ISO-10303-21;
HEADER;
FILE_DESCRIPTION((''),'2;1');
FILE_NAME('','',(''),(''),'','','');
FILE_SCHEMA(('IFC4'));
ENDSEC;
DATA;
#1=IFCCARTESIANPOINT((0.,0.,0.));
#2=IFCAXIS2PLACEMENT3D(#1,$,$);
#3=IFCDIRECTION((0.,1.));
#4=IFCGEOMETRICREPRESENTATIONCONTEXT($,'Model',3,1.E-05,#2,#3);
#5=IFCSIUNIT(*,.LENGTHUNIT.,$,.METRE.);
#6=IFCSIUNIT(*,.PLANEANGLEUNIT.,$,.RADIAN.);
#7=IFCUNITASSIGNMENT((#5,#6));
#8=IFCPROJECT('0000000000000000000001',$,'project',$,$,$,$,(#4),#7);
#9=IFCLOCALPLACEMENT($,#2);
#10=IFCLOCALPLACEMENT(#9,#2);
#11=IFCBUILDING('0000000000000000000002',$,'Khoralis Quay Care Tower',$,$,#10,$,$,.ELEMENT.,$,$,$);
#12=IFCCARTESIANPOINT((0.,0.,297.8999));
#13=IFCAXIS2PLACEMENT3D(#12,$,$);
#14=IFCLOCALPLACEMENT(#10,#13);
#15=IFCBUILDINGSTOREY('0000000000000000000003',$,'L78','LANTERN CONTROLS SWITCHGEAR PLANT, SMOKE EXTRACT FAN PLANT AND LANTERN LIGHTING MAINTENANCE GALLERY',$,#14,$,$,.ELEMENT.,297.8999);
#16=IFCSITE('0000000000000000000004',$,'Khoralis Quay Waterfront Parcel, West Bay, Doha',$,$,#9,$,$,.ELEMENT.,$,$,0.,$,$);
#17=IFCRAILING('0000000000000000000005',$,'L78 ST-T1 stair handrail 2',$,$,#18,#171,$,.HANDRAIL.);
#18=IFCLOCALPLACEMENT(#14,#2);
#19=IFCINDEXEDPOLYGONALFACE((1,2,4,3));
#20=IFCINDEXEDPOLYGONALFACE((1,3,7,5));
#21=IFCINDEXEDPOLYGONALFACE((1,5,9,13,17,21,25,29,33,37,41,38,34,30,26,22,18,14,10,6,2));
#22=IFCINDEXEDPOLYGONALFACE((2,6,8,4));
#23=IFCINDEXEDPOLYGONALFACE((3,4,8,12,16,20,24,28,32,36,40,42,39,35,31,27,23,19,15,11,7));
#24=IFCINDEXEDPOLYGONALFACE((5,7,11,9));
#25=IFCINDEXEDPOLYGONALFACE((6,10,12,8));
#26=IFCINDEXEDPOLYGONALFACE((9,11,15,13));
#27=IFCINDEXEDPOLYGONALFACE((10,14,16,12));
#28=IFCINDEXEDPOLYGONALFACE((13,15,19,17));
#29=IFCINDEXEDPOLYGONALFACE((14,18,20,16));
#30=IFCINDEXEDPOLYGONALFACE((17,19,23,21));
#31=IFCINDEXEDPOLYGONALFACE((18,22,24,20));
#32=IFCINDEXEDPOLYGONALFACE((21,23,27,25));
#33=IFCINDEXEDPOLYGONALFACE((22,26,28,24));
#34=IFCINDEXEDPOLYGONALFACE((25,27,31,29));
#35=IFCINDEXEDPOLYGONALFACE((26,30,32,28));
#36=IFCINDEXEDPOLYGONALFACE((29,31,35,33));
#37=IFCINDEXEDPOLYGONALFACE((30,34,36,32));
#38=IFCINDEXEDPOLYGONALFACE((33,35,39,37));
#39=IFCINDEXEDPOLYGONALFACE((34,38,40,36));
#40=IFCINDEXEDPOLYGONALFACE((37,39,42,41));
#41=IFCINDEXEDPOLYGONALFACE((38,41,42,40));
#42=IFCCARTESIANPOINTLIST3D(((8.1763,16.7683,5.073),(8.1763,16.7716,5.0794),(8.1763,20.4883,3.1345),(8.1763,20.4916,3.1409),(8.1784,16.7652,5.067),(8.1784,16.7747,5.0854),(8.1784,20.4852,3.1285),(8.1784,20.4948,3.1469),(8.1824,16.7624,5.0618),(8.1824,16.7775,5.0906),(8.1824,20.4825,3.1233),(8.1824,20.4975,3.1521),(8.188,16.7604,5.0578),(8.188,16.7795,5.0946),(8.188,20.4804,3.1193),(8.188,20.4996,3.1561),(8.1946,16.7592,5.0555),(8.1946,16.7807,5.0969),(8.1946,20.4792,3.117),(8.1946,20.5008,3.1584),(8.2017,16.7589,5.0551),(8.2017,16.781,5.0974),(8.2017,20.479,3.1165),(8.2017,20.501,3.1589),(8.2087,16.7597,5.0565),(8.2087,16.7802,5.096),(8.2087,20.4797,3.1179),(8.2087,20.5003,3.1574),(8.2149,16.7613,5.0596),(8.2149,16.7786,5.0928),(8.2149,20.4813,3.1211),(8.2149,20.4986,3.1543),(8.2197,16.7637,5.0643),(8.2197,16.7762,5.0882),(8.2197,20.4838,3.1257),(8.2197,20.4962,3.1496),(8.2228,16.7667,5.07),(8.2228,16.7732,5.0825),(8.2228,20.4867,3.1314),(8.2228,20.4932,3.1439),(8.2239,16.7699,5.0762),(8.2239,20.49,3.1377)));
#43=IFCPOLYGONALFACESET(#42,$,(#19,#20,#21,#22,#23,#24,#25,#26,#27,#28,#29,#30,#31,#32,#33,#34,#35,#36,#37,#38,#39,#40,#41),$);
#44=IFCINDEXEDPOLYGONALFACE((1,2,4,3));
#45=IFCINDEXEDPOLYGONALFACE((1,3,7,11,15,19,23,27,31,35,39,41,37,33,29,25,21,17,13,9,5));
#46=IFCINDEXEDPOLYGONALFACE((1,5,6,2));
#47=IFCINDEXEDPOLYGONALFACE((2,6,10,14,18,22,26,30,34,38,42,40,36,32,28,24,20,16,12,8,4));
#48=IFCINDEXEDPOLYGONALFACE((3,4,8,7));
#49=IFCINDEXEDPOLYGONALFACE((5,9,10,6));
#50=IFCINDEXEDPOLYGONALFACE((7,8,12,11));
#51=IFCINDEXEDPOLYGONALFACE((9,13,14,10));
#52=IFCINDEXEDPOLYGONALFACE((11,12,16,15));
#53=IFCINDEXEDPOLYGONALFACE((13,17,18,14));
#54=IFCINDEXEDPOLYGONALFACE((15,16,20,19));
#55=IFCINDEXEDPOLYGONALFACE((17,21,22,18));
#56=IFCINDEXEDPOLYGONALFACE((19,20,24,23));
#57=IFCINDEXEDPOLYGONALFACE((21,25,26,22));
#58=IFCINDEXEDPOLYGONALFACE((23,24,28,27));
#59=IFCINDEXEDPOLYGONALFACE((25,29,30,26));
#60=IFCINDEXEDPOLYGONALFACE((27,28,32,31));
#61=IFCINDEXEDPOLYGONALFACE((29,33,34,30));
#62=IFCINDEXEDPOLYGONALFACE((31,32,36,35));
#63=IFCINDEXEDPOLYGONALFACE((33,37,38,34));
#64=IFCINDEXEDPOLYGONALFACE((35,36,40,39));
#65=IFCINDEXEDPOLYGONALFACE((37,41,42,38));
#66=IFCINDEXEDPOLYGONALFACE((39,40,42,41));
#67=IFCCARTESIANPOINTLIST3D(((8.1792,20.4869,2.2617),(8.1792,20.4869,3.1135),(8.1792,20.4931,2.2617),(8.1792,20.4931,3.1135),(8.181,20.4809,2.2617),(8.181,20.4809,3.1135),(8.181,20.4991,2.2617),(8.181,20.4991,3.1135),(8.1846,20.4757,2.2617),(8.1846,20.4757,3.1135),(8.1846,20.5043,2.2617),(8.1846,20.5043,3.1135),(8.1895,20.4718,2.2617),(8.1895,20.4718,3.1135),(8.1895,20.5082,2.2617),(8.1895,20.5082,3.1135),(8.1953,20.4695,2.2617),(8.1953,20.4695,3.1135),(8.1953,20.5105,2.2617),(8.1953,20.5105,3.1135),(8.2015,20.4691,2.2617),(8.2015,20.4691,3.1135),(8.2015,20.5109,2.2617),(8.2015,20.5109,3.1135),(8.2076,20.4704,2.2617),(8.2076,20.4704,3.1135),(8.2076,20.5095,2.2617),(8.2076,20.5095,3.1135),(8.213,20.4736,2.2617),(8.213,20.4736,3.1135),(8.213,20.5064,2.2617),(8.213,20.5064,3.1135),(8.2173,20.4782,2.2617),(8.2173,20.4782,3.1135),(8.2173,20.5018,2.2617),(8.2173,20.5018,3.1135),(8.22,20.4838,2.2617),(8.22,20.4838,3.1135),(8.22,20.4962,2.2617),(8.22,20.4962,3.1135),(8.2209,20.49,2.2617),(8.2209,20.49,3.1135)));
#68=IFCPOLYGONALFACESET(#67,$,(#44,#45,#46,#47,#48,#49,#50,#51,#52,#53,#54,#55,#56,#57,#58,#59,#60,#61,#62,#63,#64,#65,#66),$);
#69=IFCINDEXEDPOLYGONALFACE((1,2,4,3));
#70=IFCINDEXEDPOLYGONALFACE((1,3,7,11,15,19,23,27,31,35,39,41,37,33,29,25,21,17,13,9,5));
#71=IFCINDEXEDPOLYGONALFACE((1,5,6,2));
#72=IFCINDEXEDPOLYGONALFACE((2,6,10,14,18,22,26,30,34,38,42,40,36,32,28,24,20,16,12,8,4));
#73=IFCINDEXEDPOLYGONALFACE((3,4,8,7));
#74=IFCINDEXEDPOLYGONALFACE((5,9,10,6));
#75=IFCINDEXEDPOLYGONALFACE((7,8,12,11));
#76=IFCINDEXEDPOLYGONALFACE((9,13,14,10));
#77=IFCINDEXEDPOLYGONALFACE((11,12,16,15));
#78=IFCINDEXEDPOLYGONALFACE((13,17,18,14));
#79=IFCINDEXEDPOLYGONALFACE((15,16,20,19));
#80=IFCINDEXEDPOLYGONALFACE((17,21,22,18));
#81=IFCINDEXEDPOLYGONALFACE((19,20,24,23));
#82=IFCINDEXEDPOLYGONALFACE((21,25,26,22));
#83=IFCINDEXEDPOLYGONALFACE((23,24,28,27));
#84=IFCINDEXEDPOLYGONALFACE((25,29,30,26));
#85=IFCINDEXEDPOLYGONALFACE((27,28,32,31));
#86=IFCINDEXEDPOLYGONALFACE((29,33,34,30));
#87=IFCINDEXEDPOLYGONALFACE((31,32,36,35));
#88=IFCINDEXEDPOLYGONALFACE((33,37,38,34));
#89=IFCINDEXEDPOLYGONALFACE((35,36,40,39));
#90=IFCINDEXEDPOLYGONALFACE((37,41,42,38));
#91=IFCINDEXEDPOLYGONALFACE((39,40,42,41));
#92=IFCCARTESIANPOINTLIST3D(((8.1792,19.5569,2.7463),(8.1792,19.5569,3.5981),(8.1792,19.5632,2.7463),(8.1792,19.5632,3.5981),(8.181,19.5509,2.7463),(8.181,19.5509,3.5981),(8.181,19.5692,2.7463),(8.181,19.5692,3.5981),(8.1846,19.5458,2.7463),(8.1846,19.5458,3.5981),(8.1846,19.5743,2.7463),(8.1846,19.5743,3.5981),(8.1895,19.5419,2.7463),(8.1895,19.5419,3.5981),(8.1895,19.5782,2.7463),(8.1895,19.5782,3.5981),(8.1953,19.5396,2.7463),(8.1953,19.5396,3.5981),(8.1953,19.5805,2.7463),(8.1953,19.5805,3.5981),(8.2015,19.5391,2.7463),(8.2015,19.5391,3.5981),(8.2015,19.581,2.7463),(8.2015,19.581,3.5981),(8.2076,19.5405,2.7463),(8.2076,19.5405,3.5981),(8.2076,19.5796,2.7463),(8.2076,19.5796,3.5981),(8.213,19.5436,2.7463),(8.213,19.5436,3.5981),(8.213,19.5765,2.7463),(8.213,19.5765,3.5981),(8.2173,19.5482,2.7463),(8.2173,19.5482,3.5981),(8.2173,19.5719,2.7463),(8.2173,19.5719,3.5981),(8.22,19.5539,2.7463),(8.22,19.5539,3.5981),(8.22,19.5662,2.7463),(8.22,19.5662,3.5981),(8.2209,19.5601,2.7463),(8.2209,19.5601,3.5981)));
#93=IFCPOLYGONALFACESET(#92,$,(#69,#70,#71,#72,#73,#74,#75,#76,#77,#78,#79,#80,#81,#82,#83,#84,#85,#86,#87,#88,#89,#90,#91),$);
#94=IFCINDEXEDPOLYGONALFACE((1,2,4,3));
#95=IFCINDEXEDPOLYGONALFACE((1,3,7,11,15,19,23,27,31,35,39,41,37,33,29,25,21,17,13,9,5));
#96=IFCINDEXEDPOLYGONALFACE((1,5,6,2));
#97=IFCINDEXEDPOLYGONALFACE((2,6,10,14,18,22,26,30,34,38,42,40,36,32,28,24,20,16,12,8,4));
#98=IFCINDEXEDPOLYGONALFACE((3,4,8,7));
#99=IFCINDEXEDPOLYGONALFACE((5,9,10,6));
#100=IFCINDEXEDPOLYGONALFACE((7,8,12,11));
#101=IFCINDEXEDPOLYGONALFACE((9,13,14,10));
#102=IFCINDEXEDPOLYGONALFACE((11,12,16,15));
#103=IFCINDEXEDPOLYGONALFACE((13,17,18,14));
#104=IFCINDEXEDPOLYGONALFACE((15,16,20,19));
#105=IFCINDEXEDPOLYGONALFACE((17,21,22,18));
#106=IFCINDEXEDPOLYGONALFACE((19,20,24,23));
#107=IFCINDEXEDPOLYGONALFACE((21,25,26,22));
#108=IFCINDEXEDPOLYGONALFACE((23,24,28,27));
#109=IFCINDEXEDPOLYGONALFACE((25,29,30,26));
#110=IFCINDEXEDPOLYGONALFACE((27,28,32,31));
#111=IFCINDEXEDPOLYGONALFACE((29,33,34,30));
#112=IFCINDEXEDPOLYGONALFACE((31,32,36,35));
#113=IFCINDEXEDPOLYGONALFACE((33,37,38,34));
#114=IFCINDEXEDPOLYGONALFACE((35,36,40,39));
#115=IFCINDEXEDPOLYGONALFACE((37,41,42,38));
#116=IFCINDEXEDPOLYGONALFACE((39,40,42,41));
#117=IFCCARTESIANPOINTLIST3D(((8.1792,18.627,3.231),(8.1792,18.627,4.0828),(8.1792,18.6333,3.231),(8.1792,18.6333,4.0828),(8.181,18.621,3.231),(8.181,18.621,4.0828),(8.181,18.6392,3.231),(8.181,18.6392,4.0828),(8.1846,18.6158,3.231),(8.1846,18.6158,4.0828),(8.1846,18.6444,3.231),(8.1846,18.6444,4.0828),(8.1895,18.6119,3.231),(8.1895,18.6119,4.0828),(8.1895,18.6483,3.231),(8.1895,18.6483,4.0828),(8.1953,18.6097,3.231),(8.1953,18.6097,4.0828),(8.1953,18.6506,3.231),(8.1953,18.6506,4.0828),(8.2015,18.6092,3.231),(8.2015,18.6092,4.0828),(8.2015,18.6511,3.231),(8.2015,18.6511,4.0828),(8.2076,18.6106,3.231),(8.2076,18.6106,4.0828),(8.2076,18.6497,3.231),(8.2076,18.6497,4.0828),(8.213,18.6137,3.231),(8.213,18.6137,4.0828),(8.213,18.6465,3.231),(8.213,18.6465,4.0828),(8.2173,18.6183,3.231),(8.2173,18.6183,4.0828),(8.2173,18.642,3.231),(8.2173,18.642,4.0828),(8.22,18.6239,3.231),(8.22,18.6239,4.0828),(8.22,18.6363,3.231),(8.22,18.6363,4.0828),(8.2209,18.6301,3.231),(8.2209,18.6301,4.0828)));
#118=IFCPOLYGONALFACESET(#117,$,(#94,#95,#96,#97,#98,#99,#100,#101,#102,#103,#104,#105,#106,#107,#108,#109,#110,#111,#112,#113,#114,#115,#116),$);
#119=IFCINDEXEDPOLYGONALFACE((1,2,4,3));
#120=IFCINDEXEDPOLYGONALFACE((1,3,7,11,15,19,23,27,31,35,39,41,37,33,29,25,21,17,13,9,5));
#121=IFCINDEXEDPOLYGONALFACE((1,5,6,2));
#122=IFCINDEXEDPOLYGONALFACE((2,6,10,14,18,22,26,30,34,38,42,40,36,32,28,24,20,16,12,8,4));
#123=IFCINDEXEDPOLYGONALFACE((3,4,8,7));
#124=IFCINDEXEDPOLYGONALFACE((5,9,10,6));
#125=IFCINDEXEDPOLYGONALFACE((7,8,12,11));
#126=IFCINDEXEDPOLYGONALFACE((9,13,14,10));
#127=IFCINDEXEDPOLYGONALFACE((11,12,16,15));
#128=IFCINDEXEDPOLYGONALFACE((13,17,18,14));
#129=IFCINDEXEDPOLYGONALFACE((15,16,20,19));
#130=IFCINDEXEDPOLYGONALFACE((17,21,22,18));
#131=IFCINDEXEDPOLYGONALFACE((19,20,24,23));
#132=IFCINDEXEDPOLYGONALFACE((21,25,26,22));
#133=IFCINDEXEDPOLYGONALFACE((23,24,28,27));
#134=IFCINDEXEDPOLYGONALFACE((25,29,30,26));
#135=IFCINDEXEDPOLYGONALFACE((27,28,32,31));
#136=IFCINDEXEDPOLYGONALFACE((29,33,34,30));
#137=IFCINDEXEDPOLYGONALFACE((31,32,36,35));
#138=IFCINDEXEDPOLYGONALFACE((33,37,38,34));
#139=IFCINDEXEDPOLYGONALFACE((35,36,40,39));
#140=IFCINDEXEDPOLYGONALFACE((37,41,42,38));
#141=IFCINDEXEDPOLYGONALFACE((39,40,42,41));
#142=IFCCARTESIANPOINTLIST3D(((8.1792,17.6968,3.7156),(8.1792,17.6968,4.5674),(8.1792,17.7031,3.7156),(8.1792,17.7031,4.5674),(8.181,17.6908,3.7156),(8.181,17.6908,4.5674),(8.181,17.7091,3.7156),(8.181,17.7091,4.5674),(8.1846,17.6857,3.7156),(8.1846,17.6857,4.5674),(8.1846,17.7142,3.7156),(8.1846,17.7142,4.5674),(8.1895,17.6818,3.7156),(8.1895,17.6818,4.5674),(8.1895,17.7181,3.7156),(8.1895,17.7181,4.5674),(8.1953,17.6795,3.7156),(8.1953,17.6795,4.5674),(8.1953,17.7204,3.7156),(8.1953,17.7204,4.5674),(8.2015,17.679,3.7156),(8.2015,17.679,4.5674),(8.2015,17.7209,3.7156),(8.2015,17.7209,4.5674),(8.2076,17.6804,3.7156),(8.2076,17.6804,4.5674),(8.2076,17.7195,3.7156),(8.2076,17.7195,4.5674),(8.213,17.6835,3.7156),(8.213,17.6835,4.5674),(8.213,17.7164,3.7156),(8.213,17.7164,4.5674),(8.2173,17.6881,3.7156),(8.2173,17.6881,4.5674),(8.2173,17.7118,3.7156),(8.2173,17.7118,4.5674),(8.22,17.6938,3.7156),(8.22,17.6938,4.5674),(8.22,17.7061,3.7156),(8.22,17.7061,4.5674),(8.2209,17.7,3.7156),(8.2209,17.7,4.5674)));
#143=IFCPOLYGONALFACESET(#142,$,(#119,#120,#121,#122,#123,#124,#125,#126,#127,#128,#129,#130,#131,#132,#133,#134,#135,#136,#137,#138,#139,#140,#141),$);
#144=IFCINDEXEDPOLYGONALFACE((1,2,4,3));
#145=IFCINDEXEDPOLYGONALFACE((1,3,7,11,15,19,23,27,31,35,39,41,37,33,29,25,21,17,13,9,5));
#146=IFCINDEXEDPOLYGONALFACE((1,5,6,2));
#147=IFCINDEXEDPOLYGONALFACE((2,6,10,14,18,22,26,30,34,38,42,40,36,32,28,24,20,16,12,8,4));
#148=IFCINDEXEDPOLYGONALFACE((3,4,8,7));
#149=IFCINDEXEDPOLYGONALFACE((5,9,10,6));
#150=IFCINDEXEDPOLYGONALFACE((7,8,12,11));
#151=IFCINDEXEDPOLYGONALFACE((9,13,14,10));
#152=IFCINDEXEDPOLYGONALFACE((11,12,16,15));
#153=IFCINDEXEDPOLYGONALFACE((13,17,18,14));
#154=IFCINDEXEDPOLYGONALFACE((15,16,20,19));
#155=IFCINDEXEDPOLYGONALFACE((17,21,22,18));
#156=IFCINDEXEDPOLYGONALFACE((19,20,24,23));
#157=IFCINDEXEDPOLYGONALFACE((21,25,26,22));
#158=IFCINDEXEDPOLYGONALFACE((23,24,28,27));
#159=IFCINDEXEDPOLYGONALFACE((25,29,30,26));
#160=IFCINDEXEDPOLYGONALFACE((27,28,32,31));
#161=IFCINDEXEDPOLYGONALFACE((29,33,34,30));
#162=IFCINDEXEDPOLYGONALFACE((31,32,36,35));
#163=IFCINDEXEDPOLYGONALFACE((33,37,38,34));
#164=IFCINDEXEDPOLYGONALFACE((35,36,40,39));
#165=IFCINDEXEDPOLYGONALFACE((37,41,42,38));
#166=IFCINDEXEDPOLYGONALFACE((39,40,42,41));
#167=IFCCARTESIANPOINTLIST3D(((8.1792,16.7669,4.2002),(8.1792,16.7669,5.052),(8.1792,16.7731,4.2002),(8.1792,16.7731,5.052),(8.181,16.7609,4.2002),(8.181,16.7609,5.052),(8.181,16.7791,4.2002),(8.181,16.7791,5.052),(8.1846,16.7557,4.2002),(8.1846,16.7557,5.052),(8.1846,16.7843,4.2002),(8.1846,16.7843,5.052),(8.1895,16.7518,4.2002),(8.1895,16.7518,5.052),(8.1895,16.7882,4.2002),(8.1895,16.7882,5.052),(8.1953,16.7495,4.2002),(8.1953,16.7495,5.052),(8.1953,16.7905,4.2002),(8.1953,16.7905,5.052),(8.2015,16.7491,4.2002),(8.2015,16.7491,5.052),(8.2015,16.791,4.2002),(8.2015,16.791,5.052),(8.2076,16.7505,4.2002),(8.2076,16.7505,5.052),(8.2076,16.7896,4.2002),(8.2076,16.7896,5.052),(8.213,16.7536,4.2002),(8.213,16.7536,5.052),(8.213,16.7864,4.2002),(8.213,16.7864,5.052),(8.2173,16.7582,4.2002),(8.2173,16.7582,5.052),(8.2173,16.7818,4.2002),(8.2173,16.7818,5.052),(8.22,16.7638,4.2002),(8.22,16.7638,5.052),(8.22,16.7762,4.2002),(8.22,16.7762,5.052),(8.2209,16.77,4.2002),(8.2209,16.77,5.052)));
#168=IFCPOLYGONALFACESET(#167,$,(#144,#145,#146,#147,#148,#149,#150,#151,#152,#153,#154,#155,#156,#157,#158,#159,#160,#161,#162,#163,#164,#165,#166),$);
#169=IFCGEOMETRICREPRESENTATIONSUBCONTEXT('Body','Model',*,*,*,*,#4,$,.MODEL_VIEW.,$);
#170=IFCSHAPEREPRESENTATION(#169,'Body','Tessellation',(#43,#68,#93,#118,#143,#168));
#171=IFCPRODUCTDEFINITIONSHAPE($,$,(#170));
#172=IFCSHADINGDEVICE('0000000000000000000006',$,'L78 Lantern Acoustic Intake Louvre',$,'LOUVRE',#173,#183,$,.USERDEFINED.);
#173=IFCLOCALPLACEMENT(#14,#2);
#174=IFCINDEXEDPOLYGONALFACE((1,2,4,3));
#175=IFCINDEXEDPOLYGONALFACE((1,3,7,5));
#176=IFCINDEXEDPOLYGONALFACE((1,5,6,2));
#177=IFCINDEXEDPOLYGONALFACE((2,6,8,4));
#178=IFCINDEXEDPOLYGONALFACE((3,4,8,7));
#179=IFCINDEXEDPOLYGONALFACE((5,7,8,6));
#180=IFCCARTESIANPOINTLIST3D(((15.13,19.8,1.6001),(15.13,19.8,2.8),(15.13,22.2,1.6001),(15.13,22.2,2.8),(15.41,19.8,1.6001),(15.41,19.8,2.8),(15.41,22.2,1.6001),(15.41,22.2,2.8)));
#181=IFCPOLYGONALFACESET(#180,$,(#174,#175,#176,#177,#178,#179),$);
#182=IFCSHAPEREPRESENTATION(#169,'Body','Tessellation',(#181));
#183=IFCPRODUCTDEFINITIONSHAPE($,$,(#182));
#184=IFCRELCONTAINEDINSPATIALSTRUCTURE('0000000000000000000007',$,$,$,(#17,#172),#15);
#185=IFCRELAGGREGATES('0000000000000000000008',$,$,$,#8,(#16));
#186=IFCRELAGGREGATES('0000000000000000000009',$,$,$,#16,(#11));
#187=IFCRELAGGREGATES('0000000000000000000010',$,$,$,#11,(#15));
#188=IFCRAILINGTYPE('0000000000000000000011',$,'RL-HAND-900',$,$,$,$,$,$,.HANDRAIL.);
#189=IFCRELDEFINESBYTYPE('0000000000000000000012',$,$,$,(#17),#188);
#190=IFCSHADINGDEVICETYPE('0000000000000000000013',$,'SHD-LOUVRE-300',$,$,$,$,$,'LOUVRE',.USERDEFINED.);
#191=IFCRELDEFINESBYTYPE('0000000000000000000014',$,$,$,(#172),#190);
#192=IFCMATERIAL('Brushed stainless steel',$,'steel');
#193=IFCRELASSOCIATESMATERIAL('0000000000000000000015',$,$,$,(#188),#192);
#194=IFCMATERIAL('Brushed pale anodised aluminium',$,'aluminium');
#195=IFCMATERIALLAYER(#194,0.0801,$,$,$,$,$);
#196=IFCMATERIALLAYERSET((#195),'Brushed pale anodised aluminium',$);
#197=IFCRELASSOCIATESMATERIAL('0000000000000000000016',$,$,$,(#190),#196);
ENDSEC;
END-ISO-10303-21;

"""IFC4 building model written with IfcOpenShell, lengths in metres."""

from ifc_helpers import new_model, si_unit, direction, frame, origin, origin_2d, place, context, subcontext, project, spatial, rectangle, circle, extrude, source, transform, mapped, material, layer, layer_set, type_object, element, save


model = new_model("IFC4")

# Units and contexts
model_context = context("Model", 3, precision=1e-05, world=origin(), true_north=direction((0.0, 1.0)))
body_context = subcontext(model_context, "Body", "Model", "MODEL_VIEW")
ifc_project = project(units=[si_unit("LENGTHUNIT", "METRE"), si_unit("PLANEANGLEUNIT", "RADIAN")], contexts=[model_context])

# Site, building, storey
site_placement = place(None, origin())
site = spatial("IfcSite", under=ifc_project, at=site_placement, Name="Khoralis Quay Waterfront Parcel, West Bay, Doha", CompositionType="ELEMENT", RefElevation=0.0)
building_placement = place(site_placement, origin())
building = spatial("IfcBuilding", under=site, at=building_placement, Name="Khoralis Quay Care Tower", CompositionType="ELEMENT")
storey_placement = place(building_placement, frame((0.0, 0.0, 297.8999)))
storey = spatial("IfcBuildingStorey", under=building, at=storey_placement, Name="L78", Description="LANTERN CONTROLS SWITCHGEAR PLANT, SMOKE EXTRACT FAN PLANT AND LANTERN LIGHTING MAINTENANCE GALLERY", CompositionType="ELEMENT", Elevation=297.8999)

# Railing
ifc_material_1 = material(Name="Brushed stainless steel", Category="steel")
railing_type_1 = type_object("IfcRailingType", Name="RL-HAND-900", PredefinedType="HANDRAIL", material=ifc_material_1)
railing_1_placement = place(storey_placement, frame((8.2, 20.49, 2.2617)))
element("IfcRailing", 1, at=railing_1_placement, inside=storey, type_object=railing_type_1, Name="L78 ST-T1 stair handrail 2", PredefinedType="HANDRAIL", context=body_context, shape_type="SweptSolid", body=[
    extrude(circle(Radius=0.0239, at=origin_2d()), frame((0.0, 0.0, 0.876), z_axis=(0.0, -0.886817, 0.46212), x_axis=(1.0, 0.0, 0.0)), (0.0, 0.0, 1.0), 4.1948),
    extrude(circle(Radius=0.021, at=origin_2d()), origin(), (0.0, 0.0, 1.0), 0.8518),
    extrude(circle(Radius=0.021, at=origin_2d()), frame((0.0, -0.9299, 0.4846)), (0.0, 0.0, 1.0), 0.8518),
    extrude(circle(Radius=0.021, at=origin_2d()), frame((0.0, -1.8599, 0.9692)), (0.0, 0.0, 1.0), 0.8518),
    extrude(circle(Radius=0.021, at=origin_2d()), frame((0.0, -2.79, 1.4539)), (0.0, 0.0, 1.0), 0.8518),
    extrude(circle(Radius=0.021, at=origin_2d()), frame((0.0, -3.72, 1.9385)), (0.0, 0.0, 1.0), 0.8518),
])

# Shading device
ifc_material_2 = material(Name="Brushed pale anodised aluminium", Category="aluminium")
ifc_layer_1 = layer(ifc_material_2, 0.0801)
ifc_layer_set_1 = layer_set([ifc_layer_1], Name="Brushed pale anodised aluminium")
shading_device_type = type_object("IfcShadingDeviceType", Name="SHD-LOUVRE-300", ElementType="LOUVRE", PredefinedType="USERDEFINED", material=ifc_layer_set_1)
shared_shape_1 = source(origin(), body_context, "Body", "SweptSolid", [
    extrude(rectangle(XDim=0.28, YDim=2.3999, at=origin_2d()), origin(), (0.0, 0.0, 1.0), 1.2),
])
shading_device_placement = place(storey_placement, frame((15.27, 21.0, 1.6001), z_axis=(0.0, 0.0, 1.0), x_axis=(1.0, 0.0, 0.0)))
element("IfcShadingDevice", 2, at=shading_device_placement, inside=storey, type_object=shading_device_type, Name="L78 Lantern Acoustic Intake Louvre", ObjectType="LOUVRE", PredefinedType="USERDEFINED", context=body_context, shape_type="MappedRepresentation", body=[
    mapped(shared_shape_1, transform((0.0, 0.0, 0.0), scale=1.0)),
])

save(model, "model.ifc")
